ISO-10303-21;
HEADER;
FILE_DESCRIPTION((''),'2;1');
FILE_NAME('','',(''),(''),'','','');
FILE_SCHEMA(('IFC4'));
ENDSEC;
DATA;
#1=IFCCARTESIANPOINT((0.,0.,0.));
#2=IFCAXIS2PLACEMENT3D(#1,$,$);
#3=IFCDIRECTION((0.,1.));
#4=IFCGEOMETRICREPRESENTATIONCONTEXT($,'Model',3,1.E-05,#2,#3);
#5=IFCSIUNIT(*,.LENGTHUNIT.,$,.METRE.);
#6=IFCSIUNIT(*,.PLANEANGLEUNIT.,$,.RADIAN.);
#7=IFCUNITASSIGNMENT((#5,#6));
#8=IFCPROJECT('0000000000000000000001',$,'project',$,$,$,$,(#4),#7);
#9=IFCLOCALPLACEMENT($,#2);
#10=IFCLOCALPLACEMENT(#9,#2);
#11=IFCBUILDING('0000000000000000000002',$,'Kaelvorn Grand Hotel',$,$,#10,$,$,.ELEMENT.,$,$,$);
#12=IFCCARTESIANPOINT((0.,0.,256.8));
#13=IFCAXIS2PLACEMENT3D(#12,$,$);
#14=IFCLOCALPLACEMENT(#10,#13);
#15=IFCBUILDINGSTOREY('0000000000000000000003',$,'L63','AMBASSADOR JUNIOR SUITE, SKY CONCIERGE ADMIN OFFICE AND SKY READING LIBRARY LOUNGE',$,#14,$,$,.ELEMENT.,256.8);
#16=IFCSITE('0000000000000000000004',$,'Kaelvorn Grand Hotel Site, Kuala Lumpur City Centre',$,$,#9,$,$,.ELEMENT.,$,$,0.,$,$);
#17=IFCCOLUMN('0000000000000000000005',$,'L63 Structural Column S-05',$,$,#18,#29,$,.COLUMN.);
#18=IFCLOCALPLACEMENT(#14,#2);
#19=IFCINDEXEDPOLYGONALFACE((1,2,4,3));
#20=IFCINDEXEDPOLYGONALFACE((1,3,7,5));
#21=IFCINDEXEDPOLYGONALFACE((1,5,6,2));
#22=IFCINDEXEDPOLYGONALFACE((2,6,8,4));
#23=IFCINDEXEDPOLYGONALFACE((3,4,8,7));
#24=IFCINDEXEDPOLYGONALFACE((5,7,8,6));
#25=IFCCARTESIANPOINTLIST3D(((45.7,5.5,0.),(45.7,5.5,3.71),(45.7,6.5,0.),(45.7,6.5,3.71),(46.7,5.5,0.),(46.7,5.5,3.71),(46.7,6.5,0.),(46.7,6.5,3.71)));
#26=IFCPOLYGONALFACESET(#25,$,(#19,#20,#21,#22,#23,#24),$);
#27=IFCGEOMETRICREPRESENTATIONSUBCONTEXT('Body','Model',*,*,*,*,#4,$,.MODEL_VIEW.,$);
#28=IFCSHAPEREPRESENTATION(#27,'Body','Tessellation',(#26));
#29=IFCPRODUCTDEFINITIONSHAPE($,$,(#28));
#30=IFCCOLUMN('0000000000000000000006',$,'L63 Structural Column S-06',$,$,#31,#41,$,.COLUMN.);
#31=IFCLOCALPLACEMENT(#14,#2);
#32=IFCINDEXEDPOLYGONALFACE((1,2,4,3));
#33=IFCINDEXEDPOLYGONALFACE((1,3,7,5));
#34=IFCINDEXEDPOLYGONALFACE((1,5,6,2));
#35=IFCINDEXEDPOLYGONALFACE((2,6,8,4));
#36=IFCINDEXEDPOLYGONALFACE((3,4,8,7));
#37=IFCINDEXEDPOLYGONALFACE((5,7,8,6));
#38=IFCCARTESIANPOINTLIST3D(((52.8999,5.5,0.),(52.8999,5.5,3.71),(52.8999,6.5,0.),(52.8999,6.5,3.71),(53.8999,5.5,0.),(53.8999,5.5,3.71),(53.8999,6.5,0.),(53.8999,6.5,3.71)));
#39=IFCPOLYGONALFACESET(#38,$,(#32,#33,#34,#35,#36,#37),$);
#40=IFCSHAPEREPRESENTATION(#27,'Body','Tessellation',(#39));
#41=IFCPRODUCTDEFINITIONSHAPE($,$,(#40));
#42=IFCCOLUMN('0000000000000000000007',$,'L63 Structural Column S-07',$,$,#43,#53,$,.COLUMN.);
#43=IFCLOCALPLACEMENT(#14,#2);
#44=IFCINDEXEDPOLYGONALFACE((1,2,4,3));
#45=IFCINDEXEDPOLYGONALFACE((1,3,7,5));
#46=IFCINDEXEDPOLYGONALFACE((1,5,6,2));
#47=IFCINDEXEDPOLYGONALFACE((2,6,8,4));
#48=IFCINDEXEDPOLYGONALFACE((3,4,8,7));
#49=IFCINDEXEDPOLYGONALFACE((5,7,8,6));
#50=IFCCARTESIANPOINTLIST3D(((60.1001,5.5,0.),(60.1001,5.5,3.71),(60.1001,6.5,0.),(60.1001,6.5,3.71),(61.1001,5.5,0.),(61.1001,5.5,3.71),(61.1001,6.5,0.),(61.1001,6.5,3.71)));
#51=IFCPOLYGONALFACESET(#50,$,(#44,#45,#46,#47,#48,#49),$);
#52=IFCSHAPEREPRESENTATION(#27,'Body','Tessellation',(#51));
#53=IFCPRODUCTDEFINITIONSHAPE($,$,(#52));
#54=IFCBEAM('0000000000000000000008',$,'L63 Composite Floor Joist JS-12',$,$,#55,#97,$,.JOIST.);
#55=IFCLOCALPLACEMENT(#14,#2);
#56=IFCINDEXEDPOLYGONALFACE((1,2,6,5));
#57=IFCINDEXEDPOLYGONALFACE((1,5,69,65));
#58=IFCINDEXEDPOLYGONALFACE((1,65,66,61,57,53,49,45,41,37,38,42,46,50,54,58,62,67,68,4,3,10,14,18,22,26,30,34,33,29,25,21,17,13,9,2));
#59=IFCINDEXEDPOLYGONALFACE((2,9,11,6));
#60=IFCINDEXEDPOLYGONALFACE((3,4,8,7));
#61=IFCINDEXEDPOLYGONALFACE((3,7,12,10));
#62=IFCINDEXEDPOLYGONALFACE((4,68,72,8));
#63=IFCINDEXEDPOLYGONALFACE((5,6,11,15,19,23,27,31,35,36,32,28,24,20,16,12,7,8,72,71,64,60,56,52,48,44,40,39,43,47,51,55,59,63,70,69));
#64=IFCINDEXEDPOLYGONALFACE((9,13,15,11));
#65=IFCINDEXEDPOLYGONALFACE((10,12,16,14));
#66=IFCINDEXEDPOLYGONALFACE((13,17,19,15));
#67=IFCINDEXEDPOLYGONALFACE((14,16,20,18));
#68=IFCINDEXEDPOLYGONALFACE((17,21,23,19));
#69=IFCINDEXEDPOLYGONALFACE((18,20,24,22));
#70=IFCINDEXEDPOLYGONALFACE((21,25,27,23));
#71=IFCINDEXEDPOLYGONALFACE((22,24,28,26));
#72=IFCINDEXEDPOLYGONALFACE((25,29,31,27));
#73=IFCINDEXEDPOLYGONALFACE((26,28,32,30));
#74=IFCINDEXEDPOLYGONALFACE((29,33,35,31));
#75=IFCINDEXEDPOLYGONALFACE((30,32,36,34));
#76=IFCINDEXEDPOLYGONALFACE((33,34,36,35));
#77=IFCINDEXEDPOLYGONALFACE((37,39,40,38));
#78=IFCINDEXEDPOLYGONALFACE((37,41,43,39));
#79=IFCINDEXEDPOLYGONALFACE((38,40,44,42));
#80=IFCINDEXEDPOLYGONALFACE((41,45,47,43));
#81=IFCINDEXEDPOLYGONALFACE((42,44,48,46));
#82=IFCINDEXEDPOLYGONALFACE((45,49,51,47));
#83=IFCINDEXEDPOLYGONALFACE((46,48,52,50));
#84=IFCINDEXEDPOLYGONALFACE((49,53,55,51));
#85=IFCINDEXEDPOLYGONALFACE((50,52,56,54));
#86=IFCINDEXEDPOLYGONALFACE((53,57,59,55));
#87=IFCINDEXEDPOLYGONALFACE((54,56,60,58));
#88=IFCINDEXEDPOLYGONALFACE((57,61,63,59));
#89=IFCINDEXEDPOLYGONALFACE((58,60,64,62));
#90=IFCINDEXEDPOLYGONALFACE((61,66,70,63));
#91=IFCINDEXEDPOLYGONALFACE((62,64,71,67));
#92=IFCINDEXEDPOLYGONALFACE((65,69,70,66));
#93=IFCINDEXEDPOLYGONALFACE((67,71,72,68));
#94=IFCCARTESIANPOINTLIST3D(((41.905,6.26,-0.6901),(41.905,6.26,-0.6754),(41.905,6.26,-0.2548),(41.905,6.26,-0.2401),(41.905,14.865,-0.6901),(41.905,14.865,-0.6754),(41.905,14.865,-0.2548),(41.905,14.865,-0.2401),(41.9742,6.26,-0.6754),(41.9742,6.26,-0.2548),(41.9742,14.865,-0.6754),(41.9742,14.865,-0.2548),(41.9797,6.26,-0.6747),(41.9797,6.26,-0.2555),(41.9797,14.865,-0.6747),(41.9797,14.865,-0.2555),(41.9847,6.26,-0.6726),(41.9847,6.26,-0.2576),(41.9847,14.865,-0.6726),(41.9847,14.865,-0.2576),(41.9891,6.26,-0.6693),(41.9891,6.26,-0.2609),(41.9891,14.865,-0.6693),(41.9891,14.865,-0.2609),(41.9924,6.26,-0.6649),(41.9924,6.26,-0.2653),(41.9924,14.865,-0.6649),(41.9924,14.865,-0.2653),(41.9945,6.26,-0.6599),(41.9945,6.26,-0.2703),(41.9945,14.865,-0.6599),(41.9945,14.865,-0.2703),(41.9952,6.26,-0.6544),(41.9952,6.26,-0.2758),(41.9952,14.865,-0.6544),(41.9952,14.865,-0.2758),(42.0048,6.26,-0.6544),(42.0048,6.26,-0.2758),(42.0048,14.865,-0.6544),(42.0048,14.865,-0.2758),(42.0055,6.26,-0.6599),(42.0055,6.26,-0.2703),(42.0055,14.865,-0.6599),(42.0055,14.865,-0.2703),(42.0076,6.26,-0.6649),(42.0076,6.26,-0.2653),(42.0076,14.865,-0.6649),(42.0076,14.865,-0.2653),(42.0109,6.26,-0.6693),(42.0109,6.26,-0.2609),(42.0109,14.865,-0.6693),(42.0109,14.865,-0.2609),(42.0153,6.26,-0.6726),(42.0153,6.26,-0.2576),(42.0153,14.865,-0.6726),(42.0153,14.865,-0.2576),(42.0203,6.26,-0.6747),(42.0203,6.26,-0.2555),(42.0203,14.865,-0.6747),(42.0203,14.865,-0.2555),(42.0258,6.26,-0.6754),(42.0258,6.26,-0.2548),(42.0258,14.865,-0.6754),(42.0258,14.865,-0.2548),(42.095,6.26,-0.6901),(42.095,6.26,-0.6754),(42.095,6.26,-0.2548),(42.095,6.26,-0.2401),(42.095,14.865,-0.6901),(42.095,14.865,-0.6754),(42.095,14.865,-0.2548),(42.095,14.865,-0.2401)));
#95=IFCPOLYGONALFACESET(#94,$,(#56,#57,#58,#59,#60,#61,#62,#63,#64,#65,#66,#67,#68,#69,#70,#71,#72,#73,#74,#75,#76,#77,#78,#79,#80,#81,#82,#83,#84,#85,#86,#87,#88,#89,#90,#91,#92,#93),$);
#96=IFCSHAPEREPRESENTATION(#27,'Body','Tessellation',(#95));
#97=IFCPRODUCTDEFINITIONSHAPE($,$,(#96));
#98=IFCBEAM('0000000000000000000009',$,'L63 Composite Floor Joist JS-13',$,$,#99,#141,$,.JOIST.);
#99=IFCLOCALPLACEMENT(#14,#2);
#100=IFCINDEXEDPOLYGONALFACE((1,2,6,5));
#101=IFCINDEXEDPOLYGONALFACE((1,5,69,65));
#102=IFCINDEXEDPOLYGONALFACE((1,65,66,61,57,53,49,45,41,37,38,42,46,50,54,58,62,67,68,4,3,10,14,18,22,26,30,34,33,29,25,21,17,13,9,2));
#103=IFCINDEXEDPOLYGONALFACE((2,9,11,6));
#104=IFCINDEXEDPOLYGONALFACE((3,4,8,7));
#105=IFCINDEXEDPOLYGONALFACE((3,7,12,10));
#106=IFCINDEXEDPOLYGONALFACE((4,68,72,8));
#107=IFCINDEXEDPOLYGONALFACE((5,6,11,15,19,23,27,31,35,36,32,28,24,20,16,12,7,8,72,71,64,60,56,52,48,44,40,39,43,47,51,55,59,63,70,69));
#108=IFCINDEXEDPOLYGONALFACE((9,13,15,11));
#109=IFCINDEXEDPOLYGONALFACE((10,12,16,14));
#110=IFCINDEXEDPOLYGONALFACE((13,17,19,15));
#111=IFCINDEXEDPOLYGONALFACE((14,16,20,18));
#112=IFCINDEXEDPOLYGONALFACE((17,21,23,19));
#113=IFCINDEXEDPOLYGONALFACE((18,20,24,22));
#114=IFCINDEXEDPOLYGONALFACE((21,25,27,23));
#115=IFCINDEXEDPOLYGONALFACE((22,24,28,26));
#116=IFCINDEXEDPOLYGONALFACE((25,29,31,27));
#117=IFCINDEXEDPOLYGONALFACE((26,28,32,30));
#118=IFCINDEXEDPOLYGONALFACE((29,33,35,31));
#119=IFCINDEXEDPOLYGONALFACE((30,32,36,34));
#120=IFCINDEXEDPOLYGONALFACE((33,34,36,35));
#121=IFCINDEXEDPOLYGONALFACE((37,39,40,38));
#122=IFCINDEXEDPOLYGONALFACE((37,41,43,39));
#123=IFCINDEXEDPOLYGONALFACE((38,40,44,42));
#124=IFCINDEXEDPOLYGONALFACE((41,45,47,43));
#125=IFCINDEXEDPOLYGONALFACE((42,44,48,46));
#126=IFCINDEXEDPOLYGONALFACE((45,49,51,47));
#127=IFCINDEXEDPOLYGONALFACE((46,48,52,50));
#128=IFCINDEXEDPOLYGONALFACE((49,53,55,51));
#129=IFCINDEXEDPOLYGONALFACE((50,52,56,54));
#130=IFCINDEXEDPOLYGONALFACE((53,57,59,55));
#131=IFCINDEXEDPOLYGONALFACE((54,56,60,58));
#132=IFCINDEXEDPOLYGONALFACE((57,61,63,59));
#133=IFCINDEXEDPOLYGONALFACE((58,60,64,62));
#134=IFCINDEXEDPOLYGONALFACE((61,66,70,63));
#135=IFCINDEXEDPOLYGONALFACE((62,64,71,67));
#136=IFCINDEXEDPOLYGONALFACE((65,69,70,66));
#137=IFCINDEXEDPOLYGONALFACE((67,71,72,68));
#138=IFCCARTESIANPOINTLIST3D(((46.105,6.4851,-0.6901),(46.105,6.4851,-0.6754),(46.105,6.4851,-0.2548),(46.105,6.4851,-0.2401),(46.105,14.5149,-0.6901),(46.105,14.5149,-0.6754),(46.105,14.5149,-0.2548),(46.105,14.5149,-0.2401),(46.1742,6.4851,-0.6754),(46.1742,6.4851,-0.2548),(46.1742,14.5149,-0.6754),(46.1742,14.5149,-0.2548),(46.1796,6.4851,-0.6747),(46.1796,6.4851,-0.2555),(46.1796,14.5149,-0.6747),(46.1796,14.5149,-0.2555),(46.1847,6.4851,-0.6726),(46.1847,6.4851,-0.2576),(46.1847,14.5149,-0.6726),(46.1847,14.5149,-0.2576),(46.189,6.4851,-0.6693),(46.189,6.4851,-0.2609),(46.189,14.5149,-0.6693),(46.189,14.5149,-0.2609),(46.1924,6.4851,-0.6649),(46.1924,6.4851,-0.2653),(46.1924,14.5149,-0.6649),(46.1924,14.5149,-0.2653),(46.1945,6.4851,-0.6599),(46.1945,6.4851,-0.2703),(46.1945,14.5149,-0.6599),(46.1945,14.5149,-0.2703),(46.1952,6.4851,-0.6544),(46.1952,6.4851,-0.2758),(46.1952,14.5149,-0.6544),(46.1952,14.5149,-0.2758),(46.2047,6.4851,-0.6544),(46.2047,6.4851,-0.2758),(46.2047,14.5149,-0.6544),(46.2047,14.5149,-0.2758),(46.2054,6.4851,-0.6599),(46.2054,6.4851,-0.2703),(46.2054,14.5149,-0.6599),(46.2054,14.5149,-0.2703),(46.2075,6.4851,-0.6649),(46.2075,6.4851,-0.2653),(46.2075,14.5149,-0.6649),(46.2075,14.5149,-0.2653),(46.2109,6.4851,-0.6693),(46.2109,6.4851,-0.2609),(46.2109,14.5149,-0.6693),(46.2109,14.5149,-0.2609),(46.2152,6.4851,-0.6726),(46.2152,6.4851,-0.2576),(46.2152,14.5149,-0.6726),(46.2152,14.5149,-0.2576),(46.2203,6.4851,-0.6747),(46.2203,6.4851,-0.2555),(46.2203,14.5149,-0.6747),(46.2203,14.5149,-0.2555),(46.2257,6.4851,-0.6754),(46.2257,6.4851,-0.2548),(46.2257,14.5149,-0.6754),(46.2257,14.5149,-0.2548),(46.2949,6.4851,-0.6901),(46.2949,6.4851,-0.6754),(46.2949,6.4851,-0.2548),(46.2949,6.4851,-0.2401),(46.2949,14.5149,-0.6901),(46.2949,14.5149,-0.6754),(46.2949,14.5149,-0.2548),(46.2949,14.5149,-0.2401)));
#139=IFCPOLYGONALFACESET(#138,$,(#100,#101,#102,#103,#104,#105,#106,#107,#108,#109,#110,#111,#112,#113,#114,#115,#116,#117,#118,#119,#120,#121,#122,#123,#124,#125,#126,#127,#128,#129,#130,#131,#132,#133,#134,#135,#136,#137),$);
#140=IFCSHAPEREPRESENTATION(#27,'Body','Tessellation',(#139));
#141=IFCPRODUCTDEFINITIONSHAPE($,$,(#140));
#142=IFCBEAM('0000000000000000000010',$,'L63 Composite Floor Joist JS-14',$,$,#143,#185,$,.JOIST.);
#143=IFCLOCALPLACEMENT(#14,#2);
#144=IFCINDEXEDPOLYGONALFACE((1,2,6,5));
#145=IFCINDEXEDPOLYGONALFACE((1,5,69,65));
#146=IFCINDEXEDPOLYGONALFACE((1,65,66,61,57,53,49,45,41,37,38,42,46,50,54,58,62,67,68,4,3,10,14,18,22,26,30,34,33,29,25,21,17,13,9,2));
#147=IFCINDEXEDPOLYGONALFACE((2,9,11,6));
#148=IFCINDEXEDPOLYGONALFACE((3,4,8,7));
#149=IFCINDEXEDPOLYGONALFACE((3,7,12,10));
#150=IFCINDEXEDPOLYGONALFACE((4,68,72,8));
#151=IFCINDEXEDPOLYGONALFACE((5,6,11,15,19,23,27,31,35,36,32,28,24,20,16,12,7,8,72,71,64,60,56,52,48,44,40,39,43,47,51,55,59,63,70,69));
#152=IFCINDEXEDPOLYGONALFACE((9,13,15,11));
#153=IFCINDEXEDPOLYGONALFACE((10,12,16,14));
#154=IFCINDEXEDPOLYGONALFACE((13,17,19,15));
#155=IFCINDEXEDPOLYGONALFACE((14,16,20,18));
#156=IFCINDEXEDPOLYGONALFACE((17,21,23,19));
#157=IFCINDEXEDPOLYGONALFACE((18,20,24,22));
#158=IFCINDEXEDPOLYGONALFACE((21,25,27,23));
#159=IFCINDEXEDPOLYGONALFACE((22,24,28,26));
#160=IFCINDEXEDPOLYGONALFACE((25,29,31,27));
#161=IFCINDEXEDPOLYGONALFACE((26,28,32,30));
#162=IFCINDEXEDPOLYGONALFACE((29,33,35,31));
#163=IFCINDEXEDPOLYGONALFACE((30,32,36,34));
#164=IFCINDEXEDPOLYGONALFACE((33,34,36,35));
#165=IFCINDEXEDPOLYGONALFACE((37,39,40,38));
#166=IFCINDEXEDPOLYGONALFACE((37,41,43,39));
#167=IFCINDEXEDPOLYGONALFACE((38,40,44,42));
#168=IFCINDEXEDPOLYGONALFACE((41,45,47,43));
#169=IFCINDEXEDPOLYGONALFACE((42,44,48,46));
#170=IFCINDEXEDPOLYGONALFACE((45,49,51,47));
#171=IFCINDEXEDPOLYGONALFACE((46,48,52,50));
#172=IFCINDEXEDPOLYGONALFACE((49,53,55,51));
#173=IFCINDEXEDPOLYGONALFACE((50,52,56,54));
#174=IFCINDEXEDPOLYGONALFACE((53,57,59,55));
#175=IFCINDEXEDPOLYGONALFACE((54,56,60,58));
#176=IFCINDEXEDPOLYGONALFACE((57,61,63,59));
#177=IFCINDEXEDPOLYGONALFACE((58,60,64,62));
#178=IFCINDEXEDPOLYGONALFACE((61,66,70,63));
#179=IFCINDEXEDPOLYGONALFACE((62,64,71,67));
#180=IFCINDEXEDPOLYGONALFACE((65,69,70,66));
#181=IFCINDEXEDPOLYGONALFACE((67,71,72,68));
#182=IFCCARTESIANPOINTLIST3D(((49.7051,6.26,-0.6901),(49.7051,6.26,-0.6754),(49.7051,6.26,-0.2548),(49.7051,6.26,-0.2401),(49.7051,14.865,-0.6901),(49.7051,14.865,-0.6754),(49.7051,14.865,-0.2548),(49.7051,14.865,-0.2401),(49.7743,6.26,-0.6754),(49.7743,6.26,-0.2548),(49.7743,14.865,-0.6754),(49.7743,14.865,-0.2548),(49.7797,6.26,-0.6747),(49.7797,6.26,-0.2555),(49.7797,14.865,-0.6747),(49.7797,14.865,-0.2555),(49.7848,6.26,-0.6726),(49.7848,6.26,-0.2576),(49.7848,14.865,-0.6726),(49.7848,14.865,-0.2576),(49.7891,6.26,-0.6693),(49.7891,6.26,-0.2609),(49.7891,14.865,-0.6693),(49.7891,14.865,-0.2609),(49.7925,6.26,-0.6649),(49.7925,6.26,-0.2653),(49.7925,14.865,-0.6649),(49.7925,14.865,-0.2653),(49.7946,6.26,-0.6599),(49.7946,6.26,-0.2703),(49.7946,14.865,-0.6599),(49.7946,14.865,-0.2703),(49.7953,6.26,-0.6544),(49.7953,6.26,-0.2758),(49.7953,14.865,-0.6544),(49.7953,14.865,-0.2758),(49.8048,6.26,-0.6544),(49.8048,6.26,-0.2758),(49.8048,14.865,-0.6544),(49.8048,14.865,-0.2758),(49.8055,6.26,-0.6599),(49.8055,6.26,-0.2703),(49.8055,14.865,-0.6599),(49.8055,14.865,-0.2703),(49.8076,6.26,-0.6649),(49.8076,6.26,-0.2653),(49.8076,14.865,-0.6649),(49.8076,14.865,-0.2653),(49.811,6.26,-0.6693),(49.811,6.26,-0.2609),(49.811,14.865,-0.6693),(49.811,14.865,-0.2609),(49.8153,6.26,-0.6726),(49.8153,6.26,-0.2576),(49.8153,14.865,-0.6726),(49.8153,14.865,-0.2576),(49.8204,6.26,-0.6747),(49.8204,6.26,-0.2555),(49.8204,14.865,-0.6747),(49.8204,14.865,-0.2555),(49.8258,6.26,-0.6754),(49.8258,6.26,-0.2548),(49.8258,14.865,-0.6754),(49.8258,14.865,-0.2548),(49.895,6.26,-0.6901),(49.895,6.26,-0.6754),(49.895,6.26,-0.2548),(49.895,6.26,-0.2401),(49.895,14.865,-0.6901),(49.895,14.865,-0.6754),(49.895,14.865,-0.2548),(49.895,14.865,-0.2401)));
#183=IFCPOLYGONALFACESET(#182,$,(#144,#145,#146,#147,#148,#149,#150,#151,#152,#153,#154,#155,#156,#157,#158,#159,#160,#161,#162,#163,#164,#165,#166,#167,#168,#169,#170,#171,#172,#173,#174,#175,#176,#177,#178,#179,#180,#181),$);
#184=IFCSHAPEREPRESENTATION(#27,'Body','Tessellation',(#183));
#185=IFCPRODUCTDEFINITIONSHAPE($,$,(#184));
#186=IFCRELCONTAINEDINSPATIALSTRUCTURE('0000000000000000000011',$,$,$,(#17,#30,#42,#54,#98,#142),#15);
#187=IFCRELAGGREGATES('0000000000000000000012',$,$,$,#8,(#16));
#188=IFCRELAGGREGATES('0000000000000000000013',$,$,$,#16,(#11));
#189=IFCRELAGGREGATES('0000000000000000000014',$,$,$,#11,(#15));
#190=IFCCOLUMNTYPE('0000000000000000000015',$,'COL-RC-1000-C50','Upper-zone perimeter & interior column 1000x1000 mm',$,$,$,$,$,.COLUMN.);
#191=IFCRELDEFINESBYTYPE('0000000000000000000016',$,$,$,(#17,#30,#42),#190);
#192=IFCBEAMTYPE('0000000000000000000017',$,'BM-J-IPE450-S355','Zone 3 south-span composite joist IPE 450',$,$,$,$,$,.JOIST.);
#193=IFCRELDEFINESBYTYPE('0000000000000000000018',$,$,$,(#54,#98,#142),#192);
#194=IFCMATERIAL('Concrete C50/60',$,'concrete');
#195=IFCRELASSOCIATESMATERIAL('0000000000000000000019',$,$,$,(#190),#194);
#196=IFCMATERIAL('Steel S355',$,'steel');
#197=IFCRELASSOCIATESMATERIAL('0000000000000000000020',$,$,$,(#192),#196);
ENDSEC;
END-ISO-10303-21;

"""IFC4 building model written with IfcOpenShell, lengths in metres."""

from ifc_helpers import new_model, si_unit, direction, frame, origin, origin_2d, place, context, subcontext, project, spatial, rectangle, i_section, extrude, material, material_profile, profile_set, type_object, element, save


model = new_model("IFC4")

# Units and contexts
model_context = context("Model", 3, precision=1e-05, world=origin(), true_north=direction((0.0, 1.0)))
body_context = subcontext(model_context, "Body", "Model", "MODEL_VIEW")
ifc_project = project(units=[si_unit("LENGTHUNIT", "METRE"), si_unit("PLANEANGLEUNIT", "RADIAN")], contexts=[model_context])

# Site, building, storey
site_placement = place(None, origin())
site = spatial("IfcSite", under=ifc_project, at=site_placement, Name="Kaelvorn Grand Hotel Site, Kuala Lumpur City Centre", CompositionType="ELEMENT", RefElevation=0.0)
building_placement = place(site_placement, origin())
building = spatial("IfcBuilding", under=site, at=building_placement, Name="Kaelvorn Grand Hotel", CompositionType="ELEMENT")
storey_placement = place(building_placement, frame((0.0, 0.0, 256.8)))
storey = spatial("IfcBuildingStorey", under=building, at=storey_placement, Name="L63", Description="AMBASSADOR JUNIOR SUITE, SKY CONCIERGE ADMIN OFFICE AND SKY READING LIBRARY LOUNGE", CompositionType="ELEMENT", Elevation=256.8)

# Columns
ifc_material_1 = material(Name="Concrete C50/60", Category="concrete")
ifc_material_profile_1 = material_profile(ifc_material_1, rectangle(XDim=1.0, YDim=1.0, at=origin_2d()), Name="RC COL 1000x1000")
ifc_profile_set_1 = profile_set([ifc_material_profile_1], Name="Concrete C50/60")
column_type = type_object("IfcColumnType", Name="COL-RC-1000-C50", Description="Upper-zone perimeter & interior column 1000x1000 mm", PredefinedType="COLUMN", material=ifc_profile_set_1)
for number, where, z_axis, x_axis, name in (
    (1, (46.2, 6.0, 0.0), (0.0, 0.0, 1.0), (1.0, 0.0, 0.0), "L63 Structural Column S-05"),
    (2, (53.3999, 6.0, 0.0), (0.0, 0.0, 1.0), (1.0, 0.0, 0.0), "L63 Structural Column S-06"),
    (3, (60.6001, 6.0, 0.0), (0.0, 0.0, 1.0), (1.0, 0.0, 0.0), "L63 Structural Column S-07"),
):
    element("IfcColumn", number, at=place(storey_placement, frame(where, z_axis=z_axis, x_axis=x_axis)), inside=storey, type_object=column_type, Name=name, PredefinedType="COLUMN", context=body_context, shape_type="SweptSolid", body=[
        extrude(rectangle(XDim=1.0, YDim=1.0, at=origin_2d()), origin(), (0.0, 0.0, 1.0), 3.71),
    ])

# Beams
ifc_material_2 = material(Name="Steel S355", Category="steel")
ifc_material_profile_2 = material_profile(ifc_material_2, i_section(OverallWidth=0.1899, OverallDepth=0.45, WebThickness=0.0095, FlangeThickness=0.0146, FilletRadius=0.021, at=origin_2d()), Name="IPE 450")
ifc_profile_set_2 = profile_set([ifc_material_profile_2], Name="Steel S355")
beam_type_1 = type_object("IfcBeamType", Name="BM-J-IPE450-S355", Description="Zone 3 south-span composite joist IPE 450", PredefinedType="JOIST", material=ifc_profile_set_2)
beam_1_placement = place(storey_placement, frame((42.0, 6.26, -0.4651), z_axis=(0.0, 1.0, 0.0), x_axis=(-1.0, 0.0, 0.0)))
element("IfcBeam", 4, at=beam_1_placement, inside=storey, type_object=beam_type_1, Name="L63 Composite Floor Joist JS-12", PredefinedType="JOIST", context=body_context, shape_type="SweptSolid", body=[
    extrude(i_section(OverallWidth=0.1899, OverallDepth=0.45, WebThickness=0.0095, FlangeThickness=0.0146, FilletRadius=0.021, at=origin_2d()), origin(), (0.0, 0.0, 1.0), 8.605),
])
beam_2_placement = place(storey_placement, frame((46.2, 6.4851, -0.4651), z_axis=(0.0, 1.0, 0.0), x_axis=(-1.0, 0.0, 0.0)))
element("IfcBeam", 5, at=beam_2_placement, inside=storey, type_object=beam_type_1, Name="L63 Composite Floor Joist JS-13", PredefinedType="JOIST", context=body_context, shape_type="SweptSolid", body=[
    extrude(i_section(OverallWidth=0.1899, OverallDepth=0.45, WebThickness=0.0095, FlangeThickness=0.0146, FilletRadius=0.021, at=origin_2d()), origin(), (0.0, 0.0, 1.0), 8.0298),
])
beam_3_placement = place(storey_placement, frame((49.8, 6.26, -0.4651), z_axis=(0.0, 1.0, 0.0), x_axis=(-1.0, 0.0, 0.0)))
element("IfcBeam", 6, at=beam_3_placement, inside=storey, type_object=beam_type_1, Name="L63 Composite Floor Joist JS-14", PredefinedType="JOIST", context=body_context, shape_type="SweptSolid", body=[
    extrude(i_section(OverallWidth=0.1899, OverallDepth=0.45, WebThickness=0.0095, FlangeThickness=0.0146, FilletRadius=0.021, at=origin_2d()), origin(), (0.0, 0.0, 1.0), 8.605),
])

save(model, "model.ifc")
